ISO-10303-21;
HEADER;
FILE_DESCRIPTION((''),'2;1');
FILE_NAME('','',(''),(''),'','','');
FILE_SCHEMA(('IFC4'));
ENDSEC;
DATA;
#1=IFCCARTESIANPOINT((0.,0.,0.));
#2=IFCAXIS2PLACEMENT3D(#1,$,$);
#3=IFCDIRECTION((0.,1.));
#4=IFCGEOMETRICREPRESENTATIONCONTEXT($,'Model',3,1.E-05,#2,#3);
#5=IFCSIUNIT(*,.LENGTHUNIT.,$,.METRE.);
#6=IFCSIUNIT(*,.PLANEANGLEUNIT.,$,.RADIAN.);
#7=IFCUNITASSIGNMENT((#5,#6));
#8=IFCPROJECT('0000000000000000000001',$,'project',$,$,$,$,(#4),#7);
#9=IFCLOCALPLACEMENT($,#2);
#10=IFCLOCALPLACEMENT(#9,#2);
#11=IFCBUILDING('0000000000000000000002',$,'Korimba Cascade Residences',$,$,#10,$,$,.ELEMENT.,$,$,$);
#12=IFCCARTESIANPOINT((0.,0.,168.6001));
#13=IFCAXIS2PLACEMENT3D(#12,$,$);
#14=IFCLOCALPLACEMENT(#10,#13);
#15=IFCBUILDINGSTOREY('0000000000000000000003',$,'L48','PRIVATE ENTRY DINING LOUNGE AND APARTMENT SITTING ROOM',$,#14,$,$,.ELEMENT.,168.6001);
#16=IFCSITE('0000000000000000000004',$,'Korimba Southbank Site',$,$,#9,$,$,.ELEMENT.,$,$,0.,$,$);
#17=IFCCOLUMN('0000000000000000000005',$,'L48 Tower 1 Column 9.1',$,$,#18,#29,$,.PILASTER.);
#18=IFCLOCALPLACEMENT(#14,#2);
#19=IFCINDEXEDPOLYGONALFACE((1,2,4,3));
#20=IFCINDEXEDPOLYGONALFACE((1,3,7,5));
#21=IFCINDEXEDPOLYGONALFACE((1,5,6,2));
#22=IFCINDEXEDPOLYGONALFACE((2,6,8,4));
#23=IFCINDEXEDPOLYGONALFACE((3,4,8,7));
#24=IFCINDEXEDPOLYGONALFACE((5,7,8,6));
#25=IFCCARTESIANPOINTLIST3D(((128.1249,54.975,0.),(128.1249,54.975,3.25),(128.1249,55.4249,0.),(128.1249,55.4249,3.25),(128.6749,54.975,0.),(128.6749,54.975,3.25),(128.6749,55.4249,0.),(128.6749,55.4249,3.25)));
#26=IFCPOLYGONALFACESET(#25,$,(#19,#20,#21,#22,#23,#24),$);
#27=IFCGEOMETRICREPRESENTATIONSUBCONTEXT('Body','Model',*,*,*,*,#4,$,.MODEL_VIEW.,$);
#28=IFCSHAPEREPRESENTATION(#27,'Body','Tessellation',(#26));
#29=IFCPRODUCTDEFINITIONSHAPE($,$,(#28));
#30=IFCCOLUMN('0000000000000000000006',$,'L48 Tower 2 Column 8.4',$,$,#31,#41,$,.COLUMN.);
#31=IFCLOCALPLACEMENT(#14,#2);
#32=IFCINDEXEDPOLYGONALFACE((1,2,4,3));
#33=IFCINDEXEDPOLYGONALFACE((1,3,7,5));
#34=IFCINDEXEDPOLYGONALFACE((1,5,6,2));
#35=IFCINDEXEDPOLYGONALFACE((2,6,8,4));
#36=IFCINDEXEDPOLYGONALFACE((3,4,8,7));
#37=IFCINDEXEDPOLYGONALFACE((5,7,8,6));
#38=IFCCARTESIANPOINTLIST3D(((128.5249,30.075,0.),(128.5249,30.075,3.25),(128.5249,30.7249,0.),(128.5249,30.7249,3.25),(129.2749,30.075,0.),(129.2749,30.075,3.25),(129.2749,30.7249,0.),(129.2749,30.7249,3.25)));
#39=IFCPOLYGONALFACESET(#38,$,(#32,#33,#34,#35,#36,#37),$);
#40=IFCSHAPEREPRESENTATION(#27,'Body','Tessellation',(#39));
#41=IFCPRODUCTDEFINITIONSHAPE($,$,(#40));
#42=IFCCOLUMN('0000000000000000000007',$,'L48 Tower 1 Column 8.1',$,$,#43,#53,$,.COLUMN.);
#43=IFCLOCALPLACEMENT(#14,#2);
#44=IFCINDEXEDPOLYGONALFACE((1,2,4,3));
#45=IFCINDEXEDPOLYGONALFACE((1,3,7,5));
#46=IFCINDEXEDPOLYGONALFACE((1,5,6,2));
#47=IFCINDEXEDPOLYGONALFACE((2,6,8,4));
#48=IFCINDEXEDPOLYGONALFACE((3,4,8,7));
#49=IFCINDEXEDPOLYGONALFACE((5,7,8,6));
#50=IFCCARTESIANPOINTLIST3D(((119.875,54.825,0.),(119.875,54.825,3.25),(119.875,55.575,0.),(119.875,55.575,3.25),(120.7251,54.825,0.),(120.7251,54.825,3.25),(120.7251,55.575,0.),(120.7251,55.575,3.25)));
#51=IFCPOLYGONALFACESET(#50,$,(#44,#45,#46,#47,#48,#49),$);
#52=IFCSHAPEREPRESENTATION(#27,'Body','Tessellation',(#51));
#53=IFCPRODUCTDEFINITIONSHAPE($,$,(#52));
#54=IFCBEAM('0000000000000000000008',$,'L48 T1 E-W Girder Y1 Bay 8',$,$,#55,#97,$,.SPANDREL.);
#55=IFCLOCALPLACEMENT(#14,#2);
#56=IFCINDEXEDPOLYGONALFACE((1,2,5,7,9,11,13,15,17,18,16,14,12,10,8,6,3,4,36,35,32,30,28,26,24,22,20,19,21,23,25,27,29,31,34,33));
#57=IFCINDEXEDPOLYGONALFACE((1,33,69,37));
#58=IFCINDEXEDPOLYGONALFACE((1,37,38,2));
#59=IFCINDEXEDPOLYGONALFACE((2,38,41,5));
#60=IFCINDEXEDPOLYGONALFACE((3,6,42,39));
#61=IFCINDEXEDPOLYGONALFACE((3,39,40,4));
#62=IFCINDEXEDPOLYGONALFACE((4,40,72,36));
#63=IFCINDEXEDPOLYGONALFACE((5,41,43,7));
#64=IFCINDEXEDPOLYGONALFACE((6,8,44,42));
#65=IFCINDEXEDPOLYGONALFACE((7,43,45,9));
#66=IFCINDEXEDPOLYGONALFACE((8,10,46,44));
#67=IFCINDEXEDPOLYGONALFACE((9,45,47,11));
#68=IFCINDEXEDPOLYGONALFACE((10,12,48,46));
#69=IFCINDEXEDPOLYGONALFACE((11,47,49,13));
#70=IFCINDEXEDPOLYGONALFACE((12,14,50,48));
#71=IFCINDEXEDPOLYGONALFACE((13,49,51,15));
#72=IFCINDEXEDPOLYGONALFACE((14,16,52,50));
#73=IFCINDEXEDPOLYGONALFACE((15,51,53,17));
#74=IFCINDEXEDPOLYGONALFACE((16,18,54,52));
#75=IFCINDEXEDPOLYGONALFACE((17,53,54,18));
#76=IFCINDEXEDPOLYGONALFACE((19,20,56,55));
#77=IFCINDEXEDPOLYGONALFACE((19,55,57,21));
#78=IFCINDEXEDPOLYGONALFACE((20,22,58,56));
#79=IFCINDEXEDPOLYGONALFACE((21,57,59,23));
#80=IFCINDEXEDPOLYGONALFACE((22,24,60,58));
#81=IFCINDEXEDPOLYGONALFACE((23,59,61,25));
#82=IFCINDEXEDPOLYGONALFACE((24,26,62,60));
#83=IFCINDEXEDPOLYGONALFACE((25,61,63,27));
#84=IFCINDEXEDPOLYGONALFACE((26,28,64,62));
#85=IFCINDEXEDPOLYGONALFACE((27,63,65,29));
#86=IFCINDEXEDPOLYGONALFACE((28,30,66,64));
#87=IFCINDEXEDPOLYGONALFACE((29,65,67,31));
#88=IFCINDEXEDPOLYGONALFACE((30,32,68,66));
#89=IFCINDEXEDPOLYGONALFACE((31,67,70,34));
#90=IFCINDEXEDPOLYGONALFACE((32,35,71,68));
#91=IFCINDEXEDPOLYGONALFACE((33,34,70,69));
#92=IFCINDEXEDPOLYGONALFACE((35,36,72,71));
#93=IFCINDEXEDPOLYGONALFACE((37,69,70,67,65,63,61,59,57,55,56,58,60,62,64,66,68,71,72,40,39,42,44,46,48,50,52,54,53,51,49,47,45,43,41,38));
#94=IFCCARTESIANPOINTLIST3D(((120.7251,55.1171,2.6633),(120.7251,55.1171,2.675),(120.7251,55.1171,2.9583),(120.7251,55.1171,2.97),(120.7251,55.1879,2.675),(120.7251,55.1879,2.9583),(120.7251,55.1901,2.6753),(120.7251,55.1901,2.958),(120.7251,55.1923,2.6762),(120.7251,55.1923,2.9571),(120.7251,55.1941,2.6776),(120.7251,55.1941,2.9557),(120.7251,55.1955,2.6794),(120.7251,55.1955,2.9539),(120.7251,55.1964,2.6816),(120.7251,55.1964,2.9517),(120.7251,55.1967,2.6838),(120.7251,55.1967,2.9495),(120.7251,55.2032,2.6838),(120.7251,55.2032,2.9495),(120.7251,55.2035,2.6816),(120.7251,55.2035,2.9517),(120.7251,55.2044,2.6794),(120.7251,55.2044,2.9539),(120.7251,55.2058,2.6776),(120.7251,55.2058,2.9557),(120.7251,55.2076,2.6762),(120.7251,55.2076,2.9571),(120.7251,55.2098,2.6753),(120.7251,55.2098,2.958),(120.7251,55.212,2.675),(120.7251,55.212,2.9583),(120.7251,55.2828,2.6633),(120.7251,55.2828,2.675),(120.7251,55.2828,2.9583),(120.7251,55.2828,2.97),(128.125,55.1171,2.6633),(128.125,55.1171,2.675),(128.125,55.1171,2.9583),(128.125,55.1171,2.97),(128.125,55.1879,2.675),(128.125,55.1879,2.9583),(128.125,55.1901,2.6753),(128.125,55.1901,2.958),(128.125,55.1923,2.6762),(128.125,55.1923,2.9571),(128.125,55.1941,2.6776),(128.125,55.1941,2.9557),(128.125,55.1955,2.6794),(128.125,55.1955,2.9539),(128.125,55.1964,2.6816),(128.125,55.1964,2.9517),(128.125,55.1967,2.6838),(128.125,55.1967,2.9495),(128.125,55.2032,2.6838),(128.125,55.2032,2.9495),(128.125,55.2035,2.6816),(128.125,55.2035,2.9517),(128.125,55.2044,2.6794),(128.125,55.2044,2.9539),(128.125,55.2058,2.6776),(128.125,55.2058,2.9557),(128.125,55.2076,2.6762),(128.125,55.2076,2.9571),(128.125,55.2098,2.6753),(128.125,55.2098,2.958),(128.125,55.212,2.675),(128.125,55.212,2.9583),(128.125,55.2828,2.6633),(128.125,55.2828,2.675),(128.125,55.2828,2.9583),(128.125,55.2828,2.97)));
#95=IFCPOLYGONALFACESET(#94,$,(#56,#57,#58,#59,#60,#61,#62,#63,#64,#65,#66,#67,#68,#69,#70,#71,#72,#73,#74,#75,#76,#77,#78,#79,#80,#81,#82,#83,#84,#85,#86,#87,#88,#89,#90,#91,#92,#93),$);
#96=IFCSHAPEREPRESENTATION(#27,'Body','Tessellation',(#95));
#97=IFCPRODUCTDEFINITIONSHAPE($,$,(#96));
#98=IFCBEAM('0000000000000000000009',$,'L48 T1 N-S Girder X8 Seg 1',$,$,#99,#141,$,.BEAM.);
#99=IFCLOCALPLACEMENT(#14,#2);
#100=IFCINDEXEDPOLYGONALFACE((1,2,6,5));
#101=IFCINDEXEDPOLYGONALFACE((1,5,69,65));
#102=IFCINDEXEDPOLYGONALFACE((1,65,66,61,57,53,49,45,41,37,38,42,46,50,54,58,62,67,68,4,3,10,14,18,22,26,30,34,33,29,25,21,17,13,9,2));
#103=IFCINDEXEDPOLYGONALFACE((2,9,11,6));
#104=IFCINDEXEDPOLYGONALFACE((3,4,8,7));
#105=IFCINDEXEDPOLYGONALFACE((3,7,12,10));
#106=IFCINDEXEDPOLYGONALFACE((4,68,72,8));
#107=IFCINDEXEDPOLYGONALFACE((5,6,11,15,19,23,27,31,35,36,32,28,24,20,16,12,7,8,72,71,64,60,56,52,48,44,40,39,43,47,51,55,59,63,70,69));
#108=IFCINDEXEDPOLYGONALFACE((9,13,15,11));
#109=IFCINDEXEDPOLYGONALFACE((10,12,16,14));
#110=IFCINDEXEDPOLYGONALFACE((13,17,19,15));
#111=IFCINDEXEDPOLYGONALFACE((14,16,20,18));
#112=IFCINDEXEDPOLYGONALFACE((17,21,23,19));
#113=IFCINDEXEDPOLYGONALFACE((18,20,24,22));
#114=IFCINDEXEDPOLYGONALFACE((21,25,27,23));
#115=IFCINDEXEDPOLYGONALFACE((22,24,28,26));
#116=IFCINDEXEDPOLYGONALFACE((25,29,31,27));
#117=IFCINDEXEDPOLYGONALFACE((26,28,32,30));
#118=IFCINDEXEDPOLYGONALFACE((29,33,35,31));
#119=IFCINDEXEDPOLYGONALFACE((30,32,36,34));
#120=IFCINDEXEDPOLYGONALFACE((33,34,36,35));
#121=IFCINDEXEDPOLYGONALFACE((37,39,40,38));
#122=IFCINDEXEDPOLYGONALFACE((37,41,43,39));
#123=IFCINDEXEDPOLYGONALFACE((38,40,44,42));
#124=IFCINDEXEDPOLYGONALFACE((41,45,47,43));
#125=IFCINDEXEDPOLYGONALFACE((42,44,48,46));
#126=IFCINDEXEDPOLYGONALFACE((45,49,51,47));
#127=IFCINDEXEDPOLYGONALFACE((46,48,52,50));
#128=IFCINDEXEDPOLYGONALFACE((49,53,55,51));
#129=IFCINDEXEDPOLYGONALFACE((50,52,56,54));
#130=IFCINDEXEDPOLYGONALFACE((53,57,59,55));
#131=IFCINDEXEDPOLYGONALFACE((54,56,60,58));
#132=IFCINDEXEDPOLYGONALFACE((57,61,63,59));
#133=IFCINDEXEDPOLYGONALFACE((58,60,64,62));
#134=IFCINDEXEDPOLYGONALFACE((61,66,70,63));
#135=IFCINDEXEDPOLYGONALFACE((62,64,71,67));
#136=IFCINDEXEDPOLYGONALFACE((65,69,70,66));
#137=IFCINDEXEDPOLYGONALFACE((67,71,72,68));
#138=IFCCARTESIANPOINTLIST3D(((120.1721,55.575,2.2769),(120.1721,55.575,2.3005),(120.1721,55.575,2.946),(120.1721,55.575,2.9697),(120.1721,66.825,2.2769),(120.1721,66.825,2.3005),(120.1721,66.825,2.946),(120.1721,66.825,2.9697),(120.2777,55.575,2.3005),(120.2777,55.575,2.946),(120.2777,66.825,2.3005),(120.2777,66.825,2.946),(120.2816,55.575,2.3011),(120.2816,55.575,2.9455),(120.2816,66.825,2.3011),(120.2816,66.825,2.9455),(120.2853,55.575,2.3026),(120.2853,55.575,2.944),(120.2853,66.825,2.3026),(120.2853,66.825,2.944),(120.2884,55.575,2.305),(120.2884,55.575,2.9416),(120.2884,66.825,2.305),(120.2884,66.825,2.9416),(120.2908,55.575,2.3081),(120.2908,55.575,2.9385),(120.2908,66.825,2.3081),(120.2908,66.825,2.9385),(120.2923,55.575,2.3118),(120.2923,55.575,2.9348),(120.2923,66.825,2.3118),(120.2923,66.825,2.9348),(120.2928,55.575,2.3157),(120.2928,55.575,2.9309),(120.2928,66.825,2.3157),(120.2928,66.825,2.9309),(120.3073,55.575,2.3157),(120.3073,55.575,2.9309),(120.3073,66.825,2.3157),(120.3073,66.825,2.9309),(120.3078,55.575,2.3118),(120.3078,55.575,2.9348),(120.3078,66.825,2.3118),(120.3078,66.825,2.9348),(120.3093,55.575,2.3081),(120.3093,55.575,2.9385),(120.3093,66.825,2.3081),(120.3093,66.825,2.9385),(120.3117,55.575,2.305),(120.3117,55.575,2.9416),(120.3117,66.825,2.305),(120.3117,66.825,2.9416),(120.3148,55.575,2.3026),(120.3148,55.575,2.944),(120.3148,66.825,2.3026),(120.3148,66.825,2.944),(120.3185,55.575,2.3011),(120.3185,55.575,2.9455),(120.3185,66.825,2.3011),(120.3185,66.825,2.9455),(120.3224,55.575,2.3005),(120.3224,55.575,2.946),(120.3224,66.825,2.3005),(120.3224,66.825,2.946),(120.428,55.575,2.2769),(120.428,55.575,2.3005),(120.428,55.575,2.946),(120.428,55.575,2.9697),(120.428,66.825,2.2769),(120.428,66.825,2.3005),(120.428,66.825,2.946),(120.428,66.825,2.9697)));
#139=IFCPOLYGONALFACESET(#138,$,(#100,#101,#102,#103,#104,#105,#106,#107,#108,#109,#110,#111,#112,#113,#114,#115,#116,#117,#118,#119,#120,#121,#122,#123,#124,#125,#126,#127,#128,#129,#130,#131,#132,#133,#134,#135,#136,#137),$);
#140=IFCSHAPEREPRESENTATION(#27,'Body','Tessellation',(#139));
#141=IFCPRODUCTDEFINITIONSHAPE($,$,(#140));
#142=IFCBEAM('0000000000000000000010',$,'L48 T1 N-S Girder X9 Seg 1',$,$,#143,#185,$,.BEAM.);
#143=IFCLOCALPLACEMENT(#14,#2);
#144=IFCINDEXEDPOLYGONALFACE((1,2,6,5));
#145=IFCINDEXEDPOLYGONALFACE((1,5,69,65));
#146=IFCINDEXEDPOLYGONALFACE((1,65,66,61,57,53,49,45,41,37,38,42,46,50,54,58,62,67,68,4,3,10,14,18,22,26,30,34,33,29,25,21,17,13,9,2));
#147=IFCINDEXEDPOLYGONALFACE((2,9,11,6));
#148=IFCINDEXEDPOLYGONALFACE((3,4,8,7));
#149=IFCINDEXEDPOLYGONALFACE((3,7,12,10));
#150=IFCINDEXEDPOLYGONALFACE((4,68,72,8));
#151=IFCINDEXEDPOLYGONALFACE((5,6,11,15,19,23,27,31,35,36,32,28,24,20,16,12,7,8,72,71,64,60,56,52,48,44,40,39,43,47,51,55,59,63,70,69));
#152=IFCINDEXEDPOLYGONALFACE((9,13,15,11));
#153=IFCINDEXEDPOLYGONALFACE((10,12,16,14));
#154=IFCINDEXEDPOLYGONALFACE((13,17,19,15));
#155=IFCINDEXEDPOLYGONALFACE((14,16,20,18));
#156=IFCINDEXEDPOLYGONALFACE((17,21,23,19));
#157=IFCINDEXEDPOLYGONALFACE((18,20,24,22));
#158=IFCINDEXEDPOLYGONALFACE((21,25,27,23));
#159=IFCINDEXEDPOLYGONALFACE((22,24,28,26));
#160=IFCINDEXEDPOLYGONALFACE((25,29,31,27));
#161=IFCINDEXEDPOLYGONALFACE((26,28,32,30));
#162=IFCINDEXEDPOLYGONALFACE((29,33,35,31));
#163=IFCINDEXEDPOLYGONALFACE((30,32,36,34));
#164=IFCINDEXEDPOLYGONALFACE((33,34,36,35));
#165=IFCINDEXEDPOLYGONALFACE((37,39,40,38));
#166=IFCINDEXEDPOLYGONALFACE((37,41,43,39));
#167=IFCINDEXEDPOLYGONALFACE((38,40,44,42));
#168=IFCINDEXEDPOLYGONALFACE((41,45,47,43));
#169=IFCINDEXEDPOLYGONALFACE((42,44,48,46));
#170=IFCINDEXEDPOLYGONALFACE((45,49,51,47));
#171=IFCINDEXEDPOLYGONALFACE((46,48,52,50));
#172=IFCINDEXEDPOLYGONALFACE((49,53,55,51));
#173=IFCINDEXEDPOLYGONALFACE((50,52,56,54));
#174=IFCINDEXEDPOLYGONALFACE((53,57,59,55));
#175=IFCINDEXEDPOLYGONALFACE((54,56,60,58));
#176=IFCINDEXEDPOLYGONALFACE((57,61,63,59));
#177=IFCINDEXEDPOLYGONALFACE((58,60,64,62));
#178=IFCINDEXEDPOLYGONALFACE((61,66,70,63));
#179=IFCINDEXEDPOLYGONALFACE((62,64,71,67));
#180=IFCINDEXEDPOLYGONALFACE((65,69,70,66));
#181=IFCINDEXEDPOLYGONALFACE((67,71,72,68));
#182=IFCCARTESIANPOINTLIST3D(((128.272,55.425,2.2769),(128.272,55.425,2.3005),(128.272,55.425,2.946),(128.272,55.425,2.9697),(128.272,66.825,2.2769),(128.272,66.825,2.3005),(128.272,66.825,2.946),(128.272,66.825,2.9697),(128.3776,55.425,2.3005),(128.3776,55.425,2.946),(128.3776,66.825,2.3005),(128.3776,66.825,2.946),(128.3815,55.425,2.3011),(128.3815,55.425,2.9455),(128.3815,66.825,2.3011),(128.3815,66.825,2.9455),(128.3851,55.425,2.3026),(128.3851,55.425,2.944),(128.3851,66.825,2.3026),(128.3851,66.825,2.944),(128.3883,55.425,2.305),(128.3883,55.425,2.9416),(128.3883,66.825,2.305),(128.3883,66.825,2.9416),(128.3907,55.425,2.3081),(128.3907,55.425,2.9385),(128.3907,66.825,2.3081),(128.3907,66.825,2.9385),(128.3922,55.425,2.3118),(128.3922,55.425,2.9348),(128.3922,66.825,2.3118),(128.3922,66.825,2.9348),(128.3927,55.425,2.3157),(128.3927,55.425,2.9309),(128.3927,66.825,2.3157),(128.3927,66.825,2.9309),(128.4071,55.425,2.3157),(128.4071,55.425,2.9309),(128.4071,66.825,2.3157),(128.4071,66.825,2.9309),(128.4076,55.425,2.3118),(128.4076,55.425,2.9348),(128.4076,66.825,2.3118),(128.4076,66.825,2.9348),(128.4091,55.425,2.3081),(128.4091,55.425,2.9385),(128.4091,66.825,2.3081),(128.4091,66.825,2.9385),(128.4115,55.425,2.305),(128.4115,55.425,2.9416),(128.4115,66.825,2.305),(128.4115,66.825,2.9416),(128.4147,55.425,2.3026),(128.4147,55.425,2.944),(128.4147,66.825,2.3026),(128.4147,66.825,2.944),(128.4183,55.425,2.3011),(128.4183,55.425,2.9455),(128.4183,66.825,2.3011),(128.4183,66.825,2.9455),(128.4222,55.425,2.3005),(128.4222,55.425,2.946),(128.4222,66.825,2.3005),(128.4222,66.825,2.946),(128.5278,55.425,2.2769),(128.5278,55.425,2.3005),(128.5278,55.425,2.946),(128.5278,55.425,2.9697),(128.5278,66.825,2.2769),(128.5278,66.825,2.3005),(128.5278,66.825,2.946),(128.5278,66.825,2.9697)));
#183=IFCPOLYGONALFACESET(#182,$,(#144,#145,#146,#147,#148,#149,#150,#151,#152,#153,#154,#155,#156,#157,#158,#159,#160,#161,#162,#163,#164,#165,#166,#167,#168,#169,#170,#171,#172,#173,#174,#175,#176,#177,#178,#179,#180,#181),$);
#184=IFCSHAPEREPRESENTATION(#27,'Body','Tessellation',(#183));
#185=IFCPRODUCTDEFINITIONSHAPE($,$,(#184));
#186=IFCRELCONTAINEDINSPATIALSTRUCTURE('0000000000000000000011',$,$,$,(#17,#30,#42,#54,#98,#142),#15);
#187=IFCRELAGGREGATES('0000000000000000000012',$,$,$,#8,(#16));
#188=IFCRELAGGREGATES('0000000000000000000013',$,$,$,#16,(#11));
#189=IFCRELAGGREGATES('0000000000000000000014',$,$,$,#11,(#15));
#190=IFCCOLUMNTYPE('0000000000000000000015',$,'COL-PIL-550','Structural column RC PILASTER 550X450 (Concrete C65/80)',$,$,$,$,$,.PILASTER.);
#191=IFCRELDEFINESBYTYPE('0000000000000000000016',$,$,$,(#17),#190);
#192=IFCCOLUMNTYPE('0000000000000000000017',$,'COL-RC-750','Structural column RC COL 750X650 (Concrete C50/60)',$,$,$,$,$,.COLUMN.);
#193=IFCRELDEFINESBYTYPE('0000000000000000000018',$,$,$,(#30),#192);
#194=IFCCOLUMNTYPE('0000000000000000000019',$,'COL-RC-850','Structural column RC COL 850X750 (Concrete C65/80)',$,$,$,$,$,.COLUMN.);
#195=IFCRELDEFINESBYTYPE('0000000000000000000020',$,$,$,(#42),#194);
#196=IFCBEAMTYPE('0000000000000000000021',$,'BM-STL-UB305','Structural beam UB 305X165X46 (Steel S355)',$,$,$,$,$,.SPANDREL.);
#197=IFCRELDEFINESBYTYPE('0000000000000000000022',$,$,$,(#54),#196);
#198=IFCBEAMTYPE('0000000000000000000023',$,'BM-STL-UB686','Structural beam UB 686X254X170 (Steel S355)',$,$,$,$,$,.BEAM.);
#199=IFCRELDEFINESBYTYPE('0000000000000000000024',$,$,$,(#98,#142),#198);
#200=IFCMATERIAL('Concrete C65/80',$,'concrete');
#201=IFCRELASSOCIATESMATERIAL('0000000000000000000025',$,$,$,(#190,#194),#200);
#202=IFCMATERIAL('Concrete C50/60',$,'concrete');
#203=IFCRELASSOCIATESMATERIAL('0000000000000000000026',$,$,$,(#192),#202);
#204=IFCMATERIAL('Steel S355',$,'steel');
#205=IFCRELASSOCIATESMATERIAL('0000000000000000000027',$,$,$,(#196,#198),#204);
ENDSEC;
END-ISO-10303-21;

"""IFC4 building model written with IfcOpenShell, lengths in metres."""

from ifc_helpers import new_model, si_unit, direction, frame, origin, origin_2d, place, context, subcontext, project, spatial, rectangle, i_section, extrude, material, material_profile, profile_set, type_object, element, save


model = new_model("IFC4")

# Units and contexts
model_context = context("Model", 3, precision=1e-05, world=origin(), true_north=direction((0.0, 1.0)))
body_context = subcontext(model_context, "Body", "Model", "MODEL_VIEW")
ifc_project = project(units=[si_unit("LENGTHUNIT", "METRE"), si_unit("PLANEANGLEUNIT", "RADIAN")], contexts=[model_context])

# Site, building, storey
site_placement = place(None, origin())
site = spatial("IfcSite", under=ifc_project, at=site_placement, Name="Korimba Southbank Site", CompositionType="ELEMENT", RefElevation=0.0)
building_placement = place(site_placement, origin())
building = spatial("IfcBuilding", under=site, at=building_placement, Name="Korimba Cascade Residences", CompositionType="ELEMENT")
storey_placement = place(building_placement, frame((0.0, 0.0, 168.6001)))
storey = spatial("IfcBuildingStorey", under=building, at=storey_placement, Name="L48", Description="PRIVATE ENTRY DINING LOUNGE AND APARTMENT SITTING ROOM", CompositionType="ELEMENT", Elevation=168.6001)

# Columns
ifc_material_1 = material(Name="Concrete C65/80", Category="concrete")
ifc_material_profile_1 = material_profile(ifc_material_1, rectangle(XDim=0.55, YDim=0.45, at=origin_2d()), Name="Concrete C65/80")
ifc_profile_set_1 = profile_set([ifc_material_profile_1], Name="Concrete C65/80")
column_type_1 = type_object("IfcColumnType", Name="COL-PIL-550", Description="Structural column RC PILASTER 550X450 (Concrete C65/80)", PredefinedType="PILASTER", material=ifc_profile_set_1)
column_1_placement = place(storey_placement, frame((128.3999, 55.2, 0.0), z_axis=(0.0, 0.0, 1.0), x_axis=(1.0, 0.0, 0.0)))
element("IfcColumn", 1, at=column_1_placement, inside=storey, type_object=column_type_1, Name="L48 Tower 1 Column 9.1", PredefinedType="PILASTER", context=body_context, shape_type="SweptSolid", body=[
    extrude(rectangle(XDim=0.55, YDim=0.45, at=origin_2d()), origin(), (0.0, 0.0, 1.0), 3.25),
])
ifc_material_2 = material(Name="Concrete C50/60", Category="concrete")
ifc_material_profile_2 = material_profile(ifc_material_2, rectangle(XDim=0.75, YDim=0.6499, at=origin_2d()), Name="Concrete C50/60")
ifc_profile_set_2 = profile_set([ifc_material_profile_2], Name="Concrete C50/60")
column_type_2 = type_object("IfcColumnType", Name="COL-RC-750", Description="Structural column RC COL 750X650 (Concrete C50/60)", PredefinedType="COLUMN", material=ifc_profile_set_2)
column_2_placement = place(storey_placement, frame((128.8999, 30.3999, 0.0), z_axis=(0.0, 0.0, 1.0), x_axis=(1.0, 0.0, 0.0)))
element("IfcColumn", 2, at=column_2_placement, inside=storey, type_object=column_type_2, Name="L48 Tower 2 Column 8.4", PredefinedType="COLUMN", context=body_context, shape_type="SweptSolid", body=[
    extrude(rectangle(XDim=0.75, YDim=0.6499, at=origin_2d()), origin(), (0.0, 0.0, 1.0), 3.25),
])
ifc_material_profile_3 = material_profile(ifc_material_1, rectangle(XDim=0.8501, YDim=0.75, at=origin_2d()), Name="Concrete C65/80")
ifc_profile_set_3 = profile_set([ifc_material_profile_3], Name="Concrete C65/80")
column_type_3 = type_object("IfcColumnType", Name="COL-RC-850", Description="Structural column RC COL 850X750 (Concrete C65/80)", PredefinedType="COLUMN", material=ifc_profile_set_3)
column_3_placement = place(storey_placement, frame((120.3, 55.2, 0.0), z_axis=(0.0, 0.0, 1.0), x_axis=(1.0, 0.0, 0.0)))
element("IfcColumn", 3, at=column_3_placement, inside=storey, type_object=column_type_3, Name="L48 Tower 1 Column 8.1", PredefinedType="COLUMN", context=body_context, shape_type="SweptSolid", body=[
    extrude(rectangle(XDim=0.8501, YDim=0.75, at=origin_2d()), origin(), (0.0, 0.0, 1.0), 3.25),
])

# Beams
ifc_material_3 = material(Name="Steel S355", Category="steel")
ifc_material_profile_4 = material_profile(ifc_material_3, i_section(OverallWidth=0.1658, OverallDepth=0.3066, WebThickness=0.0066, FlangeThickness=0.0117, FilletRadius=0.0088, at=origin_2d()), Name="Steel S355")
ifc_profile_set_4 = profile_set([ifc_material_profile_4], Name="Steel S355")
beam_type_1 = type_object("IfcBeamType", Name="BM-STL-UB305", Description="Structural beam UB 305X165X46 (Steel S355)", PredefinedType="SPANDREL", material=ifc_profile_set_4)
beam_1_placement = place(storey_placement, frame((120.7251, 55.2, 2.8167), z_axis=(1.0, 0.0, 0.0), x_axis=(0.0, 1.0, 0.0)))
element("IfcBeam", 4, at=beam_1_placement, inside=storey, type_object=beam_type_1, Name="L48 T1 E-W Girder Y1 Bay 8", PredefinedType="SPANDREL", context=body_context, shape_type="SweptSolid", body=[
    extrude(i_section(OverallWidth=0.1658, OverallDepth=0.3066, WebThickness=0.0066, FlangeThickness=0.0117, FilletRadius=0.0088, at=origin_2d()), origin(), (0.0, 0.0, 1.0), 7.3999),
])
ifc_material_profile_5 = material_profile(ifc_material_3, i_section(OverallWidth=0.2559, OverallDepth=0.6929, WebThickness=0.0144, FlangeThickness=0.0237, FilletRadius=0.0151, at=origin_2d()), Name="Steel S355")
ifc_profile_set_5 = profile_set([ifc_material_profile_5], Name="Steel S355")
beam_type_2 = type_object("IfcBeamType", Name="BM-STL-UB686", Description="Structural beam UB 686X254X170 (Steel S355)", PredefinedType="BEAM", material=ifc_profile_set_5)
beam_2_placement = place(storey_placement, frame((120.3, 55.575, 2.6233), z_axis=(0.0, 1.0, 0.0), x_axis=(-1.0, 0.0, 0.0)))
element("IfcBeam", 5, at=beam_2_placement, inside=storey, type_object=beam_type_2, Name="L48 T1 N-S Girder X8 Seg 1", PredefinedType="BEAM", context=body_context, shape_type="SweptSolid", body=[
    extrude(i_section(OverallWidth=0.2559, OverallDepth=0.6929, WebThickness=0.0144, FlangeThickness=0.0237, FilletRadius=0.0151, at=origin_2d()), origin(), (0.0, 0.0, 1.0), 11.25),
])
beam_3_placement = place(storey_placement, frame((128.3999, 55.425, 2.6233), z_axis=(0.0, 1.0, 0.0), x_axis=(-1.0, 0.0, 0.0)))
element("IfcBeam", 6, at=beam_3_placement, inside=storey, type_object=beam_type_2, Name="L48 T1 N-S Girder X9 Seg 1", PredefinedType="BEAM", context=body_context, shape_type="SweptSolid", body=[
    extrude(i_section(OverallWidth=0.2559, OverallDepth=0.6929, WebThickness=0.0144, FlangeThickness=0.0237, FilletRadius=0.0151, at=origin_2d()), origin(), (0.0, 0.0, 1.0), 11.3999),
])

save(model, "model.ifc")
